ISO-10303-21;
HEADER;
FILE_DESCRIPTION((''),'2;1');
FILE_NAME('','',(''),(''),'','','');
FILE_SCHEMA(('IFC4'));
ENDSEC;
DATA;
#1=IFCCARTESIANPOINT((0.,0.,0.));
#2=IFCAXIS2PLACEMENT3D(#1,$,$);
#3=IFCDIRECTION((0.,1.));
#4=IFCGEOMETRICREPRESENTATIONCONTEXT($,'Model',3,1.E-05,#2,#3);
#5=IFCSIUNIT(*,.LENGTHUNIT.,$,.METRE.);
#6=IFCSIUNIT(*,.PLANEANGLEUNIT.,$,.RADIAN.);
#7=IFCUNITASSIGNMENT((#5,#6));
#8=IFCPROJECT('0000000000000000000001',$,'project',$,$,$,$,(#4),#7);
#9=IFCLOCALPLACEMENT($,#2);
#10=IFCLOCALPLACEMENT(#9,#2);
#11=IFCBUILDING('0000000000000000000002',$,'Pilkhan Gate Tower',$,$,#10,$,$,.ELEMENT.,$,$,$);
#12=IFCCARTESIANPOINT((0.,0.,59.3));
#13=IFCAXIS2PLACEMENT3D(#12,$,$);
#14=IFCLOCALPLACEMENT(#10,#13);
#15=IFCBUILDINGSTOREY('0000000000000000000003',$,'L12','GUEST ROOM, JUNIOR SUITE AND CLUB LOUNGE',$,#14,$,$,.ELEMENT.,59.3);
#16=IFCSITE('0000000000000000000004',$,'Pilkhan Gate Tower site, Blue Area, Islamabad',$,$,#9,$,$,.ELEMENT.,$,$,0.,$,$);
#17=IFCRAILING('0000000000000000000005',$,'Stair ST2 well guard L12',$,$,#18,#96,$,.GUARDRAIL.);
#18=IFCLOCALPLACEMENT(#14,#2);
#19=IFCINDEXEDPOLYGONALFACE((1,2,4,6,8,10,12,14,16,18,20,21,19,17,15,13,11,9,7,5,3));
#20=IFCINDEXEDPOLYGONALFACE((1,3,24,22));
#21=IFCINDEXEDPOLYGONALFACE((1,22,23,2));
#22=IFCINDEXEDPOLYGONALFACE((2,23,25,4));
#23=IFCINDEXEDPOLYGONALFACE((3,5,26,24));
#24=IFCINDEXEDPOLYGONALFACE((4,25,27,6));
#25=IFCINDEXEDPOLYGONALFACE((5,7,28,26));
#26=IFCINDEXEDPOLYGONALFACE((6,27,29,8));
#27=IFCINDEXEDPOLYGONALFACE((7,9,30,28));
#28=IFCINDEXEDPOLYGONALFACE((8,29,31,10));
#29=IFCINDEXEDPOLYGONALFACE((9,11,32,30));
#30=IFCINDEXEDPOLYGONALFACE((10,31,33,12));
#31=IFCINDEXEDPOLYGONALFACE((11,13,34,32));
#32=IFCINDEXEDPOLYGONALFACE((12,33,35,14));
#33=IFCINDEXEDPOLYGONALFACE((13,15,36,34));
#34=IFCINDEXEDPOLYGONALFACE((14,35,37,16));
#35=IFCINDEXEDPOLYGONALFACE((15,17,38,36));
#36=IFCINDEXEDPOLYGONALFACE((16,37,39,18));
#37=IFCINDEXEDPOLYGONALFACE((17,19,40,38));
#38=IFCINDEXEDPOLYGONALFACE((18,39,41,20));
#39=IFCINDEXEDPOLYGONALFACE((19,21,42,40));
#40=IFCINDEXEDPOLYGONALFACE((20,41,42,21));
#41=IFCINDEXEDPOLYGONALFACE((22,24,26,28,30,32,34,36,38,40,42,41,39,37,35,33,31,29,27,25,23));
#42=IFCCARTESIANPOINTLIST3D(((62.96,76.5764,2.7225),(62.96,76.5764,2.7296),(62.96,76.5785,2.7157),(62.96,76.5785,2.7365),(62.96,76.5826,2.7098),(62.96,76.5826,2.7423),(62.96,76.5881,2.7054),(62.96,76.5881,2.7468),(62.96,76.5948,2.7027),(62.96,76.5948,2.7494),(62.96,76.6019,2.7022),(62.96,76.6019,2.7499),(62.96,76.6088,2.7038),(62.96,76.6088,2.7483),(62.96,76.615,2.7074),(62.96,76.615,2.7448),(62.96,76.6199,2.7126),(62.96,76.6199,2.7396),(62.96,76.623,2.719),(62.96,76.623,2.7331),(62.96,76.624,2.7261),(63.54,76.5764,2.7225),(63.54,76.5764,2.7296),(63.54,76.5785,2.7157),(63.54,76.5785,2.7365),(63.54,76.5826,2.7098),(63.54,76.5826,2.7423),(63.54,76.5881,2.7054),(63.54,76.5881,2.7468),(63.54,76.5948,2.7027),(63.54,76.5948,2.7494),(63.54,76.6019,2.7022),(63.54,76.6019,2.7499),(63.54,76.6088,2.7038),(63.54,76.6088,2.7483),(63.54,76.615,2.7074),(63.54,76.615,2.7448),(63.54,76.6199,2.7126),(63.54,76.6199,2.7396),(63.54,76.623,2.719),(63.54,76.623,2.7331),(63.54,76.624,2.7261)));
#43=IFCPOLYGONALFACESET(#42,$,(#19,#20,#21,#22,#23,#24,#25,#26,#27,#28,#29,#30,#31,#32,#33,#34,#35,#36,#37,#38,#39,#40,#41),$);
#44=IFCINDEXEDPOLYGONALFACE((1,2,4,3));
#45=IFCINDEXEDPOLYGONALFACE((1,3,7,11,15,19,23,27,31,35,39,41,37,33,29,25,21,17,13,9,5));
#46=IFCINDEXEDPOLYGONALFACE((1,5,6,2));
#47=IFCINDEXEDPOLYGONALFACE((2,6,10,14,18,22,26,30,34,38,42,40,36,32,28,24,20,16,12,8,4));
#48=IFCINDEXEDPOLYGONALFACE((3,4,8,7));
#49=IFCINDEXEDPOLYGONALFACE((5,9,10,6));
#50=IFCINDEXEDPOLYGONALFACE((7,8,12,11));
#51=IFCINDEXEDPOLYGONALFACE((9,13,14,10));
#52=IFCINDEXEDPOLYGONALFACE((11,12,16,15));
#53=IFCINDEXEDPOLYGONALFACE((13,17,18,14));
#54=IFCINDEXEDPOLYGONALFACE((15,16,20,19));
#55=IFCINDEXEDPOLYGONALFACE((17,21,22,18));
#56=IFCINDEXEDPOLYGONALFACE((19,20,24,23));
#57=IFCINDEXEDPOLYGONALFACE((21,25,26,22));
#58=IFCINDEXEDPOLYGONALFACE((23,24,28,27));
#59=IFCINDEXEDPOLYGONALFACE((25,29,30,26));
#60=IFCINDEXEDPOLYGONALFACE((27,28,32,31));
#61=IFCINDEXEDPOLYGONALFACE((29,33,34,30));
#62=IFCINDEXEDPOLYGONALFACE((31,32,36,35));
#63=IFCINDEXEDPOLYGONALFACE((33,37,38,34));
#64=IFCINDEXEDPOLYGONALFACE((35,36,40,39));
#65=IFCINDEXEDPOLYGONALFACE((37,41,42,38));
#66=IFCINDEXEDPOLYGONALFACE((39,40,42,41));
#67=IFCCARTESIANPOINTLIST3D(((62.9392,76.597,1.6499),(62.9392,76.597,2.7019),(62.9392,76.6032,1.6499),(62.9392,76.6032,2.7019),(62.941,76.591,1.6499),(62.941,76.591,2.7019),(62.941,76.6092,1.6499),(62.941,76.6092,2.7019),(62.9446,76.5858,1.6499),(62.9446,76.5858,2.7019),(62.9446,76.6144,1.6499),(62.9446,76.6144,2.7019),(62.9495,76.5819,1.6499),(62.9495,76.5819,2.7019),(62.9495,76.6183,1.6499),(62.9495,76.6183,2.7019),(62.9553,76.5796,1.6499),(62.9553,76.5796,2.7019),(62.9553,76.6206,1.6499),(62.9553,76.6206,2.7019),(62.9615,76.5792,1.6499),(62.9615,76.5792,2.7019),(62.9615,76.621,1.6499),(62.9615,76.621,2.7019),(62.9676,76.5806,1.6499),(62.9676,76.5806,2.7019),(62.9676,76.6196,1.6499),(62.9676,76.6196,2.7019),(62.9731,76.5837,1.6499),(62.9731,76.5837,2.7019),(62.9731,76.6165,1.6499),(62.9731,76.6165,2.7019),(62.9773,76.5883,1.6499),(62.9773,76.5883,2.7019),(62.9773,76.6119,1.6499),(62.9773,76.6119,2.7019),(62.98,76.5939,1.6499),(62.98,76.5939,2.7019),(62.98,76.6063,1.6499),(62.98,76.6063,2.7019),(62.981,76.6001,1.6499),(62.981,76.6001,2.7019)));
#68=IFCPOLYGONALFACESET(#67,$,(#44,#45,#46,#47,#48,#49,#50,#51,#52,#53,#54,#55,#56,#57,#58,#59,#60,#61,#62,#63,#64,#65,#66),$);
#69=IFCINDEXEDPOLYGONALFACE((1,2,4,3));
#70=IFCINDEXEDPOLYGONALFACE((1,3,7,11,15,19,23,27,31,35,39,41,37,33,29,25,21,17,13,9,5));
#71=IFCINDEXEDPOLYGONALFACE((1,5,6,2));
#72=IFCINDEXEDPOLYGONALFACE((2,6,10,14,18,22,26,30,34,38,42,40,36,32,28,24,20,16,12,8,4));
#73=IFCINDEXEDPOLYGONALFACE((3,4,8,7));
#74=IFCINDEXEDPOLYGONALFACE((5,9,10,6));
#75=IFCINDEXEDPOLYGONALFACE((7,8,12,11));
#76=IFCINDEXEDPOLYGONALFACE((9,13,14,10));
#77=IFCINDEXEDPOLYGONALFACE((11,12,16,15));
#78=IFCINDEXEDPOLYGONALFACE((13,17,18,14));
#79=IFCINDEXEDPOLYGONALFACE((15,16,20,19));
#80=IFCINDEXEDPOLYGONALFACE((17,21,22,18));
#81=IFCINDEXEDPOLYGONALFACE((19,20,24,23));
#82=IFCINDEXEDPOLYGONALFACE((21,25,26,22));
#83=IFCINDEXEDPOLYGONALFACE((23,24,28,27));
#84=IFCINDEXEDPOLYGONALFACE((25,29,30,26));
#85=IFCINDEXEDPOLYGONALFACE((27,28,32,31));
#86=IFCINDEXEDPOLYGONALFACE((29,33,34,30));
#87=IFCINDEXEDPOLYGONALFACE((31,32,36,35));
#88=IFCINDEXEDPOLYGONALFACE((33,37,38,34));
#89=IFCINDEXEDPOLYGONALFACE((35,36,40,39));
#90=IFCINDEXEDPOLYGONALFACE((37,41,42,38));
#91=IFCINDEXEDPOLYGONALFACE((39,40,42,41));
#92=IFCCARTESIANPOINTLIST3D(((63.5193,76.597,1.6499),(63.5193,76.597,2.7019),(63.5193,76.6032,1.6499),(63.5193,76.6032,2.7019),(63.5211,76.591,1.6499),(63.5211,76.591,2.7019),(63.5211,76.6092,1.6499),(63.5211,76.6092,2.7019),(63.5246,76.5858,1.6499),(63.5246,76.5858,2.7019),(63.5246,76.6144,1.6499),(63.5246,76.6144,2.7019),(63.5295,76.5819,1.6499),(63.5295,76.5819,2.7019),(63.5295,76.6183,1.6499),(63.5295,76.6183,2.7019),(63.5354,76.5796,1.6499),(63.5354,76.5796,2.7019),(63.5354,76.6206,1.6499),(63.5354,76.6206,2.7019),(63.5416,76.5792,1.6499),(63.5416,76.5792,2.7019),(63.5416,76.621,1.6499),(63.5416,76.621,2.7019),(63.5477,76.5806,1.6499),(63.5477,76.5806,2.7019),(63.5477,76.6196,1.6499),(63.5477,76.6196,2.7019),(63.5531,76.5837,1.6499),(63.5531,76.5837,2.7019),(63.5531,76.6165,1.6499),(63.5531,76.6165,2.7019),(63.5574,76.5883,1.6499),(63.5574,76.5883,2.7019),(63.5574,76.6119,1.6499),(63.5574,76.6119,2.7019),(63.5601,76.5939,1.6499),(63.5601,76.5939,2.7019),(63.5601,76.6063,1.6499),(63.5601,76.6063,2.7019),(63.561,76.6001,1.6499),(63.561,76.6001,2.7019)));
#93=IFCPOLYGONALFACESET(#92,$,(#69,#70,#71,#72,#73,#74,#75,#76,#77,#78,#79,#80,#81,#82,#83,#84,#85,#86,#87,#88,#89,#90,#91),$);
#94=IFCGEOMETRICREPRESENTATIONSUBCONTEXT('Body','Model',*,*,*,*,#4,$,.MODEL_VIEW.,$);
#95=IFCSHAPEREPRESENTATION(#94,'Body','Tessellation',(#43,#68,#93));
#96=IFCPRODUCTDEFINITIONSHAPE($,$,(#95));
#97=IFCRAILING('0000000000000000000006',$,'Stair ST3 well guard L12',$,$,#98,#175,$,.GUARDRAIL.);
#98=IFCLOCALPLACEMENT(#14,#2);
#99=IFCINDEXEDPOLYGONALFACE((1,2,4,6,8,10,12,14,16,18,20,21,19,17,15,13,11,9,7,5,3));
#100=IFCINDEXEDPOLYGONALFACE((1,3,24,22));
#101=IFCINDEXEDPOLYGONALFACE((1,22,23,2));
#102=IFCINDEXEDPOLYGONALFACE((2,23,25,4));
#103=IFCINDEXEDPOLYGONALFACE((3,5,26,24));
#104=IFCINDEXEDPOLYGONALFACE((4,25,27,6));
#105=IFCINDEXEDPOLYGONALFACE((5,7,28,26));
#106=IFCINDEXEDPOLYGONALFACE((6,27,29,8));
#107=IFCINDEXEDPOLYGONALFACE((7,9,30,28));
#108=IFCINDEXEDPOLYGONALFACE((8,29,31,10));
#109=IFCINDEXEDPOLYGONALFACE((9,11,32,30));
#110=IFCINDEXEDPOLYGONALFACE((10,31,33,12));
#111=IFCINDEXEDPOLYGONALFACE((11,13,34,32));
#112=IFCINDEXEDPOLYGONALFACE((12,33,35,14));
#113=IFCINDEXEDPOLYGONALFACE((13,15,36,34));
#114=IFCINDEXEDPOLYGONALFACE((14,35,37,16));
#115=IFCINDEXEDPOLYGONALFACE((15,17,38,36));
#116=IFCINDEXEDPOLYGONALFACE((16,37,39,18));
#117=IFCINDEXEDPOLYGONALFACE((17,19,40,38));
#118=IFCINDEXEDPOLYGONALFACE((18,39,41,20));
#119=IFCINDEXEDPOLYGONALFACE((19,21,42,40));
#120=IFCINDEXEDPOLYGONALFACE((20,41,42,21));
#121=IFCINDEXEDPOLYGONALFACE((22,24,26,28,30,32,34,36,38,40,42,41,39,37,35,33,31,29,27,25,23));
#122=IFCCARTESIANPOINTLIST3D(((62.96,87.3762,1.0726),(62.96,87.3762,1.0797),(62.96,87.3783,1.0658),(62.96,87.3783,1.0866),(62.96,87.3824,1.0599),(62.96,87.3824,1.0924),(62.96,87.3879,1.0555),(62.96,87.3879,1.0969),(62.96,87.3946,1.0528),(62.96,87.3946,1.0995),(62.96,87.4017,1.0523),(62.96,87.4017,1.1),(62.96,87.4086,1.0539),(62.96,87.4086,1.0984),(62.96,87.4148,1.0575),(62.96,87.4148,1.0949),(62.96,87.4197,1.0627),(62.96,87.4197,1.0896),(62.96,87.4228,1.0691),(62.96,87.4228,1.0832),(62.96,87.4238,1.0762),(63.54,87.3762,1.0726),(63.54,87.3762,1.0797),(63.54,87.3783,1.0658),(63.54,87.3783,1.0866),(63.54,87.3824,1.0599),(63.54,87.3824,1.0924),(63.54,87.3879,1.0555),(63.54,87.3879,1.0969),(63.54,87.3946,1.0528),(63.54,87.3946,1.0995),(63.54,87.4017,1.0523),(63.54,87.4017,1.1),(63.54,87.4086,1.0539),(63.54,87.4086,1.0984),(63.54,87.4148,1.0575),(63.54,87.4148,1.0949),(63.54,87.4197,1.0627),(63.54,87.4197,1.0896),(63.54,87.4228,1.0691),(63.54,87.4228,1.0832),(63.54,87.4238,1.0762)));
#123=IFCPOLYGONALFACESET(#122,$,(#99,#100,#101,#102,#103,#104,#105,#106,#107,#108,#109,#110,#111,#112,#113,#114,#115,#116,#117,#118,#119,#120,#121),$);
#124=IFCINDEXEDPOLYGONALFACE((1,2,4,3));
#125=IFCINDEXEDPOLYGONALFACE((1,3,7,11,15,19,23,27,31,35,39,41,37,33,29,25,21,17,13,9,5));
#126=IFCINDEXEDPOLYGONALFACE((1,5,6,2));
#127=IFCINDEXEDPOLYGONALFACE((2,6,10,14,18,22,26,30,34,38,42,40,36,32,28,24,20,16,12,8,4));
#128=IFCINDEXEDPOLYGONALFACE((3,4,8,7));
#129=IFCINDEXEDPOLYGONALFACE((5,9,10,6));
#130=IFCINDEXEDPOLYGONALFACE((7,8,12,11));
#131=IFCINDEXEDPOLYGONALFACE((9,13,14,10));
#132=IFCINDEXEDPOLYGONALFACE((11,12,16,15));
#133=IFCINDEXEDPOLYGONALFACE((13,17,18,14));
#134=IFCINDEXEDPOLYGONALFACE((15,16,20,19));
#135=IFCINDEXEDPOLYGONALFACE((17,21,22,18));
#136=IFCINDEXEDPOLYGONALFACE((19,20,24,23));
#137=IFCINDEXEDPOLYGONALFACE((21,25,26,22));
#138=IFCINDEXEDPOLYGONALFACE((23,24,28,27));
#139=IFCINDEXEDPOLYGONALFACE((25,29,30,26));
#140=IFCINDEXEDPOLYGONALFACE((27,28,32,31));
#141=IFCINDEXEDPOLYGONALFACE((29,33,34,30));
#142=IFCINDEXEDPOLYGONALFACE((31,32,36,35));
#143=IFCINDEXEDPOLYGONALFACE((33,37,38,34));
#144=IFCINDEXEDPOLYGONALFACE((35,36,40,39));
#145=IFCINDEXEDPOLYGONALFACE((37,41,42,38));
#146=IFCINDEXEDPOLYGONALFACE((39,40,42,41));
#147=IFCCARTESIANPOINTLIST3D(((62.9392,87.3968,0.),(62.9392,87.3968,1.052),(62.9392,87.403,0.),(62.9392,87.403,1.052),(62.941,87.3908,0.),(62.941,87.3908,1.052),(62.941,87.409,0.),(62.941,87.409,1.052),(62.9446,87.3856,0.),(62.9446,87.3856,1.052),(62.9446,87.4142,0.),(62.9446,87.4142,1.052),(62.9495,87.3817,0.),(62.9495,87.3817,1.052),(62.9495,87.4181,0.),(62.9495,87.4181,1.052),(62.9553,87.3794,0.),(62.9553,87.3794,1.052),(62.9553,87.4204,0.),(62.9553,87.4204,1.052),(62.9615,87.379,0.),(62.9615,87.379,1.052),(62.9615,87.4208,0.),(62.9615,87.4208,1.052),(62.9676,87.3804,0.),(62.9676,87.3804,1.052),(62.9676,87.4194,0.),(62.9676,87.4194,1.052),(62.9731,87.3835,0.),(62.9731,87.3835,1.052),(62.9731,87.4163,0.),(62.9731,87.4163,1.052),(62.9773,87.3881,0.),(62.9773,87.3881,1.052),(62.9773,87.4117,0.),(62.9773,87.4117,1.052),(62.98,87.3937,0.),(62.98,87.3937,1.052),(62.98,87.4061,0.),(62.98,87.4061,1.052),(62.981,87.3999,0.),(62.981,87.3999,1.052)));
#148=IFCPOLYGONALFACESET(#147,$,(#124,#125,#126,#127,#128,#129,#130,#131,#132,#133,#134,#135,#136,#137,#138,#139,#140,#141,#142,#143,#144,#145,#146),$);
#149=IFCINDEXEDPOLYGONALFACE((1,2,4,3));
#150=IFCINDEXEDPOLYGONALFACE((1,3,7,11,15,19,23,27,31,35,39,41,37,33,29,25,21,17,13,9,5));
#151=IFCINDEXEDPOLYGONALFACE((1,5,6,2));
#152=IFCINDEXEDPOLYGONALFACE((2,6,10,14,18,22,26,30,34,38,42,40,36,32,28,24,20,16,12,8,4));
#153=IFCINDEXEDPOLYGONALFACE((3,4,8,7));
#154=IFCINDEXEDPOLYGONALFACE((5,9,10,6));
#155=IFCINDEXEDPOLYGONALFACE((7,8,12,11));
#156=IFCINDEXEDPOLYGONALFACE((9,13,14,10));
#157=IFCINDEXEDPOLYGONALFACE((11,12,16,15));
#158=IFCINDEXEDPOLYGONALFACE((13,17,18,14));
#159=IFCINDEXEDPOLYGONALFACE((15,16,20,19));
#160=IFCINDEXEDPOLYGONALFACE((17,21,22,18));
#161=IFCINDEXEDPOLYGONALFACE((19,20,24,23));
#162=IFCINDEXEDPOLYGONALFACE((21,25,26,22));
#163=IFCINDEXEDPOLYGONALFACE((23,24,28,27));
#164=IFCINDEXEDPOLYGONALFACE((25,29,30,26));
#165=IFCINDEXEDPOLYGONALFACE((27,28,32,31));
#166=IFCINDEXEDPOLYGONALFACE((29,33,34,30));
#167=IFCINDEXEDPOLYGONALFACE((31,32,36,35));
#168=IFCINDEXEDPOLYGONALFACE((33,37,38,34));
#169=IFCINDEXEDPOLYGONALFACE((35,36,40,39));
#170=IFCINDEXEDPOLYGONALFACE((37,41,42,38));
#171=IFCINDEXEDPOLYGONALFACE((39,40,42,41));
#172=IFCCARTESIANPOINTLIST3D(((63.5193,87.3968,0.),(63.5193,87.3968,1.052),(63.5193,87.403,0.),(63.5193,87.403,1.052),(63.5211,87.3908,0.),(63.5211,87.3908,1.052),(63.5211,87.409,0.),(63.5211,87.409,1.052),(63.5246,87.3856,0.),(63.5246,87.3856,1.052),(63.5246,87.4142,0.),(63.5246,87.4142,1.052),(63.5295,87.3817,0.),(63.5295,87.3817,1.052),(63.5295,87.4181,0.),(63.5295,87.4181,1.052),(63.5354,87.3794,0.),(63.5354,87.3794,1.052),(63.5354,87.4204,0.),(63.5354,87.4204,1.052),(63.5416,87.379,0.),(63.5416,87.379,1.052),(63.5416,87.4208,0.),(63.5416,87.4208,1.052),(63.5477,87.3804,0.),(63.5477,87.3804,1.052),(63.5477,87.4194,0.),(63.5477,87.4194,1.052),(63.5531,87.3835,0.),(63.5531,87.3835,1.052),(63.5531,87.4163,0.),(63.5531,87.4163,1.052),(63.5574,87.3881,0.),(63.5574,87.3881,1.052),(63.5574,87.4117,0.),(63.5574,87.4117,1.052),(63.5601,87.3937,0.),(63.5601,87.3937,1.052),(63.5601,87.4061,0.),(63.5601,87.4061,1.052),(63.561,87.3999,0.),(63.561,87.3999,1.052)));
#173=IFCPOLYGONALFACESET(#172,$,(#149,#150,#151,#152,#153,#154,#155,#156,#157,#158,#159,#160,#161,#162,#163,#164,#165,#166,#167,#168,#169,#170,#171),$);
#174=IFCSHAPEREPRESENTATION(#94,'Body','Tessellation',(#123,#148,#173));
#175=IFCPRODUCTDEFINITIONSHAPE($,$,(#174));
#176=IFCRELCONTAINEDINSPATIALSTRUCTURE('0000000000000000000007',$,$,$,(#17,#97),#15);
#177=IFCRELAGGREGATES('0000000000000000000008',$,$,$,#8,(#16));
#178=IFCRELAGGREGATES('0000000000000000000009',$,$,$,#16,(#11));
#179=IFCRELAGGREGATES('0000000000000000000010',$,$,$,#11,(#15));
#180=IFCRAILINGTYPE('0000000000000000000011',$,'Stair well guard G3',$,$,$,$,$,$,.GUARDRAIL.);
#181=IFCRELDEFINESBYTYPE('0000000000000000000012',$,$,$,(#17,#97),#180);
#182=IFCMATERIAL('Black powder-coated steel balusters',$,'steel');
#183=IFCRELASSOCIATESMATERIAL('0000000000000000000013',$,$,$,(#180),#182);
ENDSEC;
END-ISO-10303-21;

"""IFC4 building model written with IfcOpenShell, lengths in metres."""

from ifc_helpers import new_model, si_unit, direction, frame, origin, origin_2d, place, context, subcontext, project, spatial, circle, extrude, material, type_object, element, save


model = new_model("IFC4")

# Units and contexts
model_context = context("Model", 3, precision=1e-05, world=origin(), true_north=direction((0.0, 1.0)))
body_context = subcontext(model_context, "Body", "Model", "MODEL_VIEW")
ifc_project = project(units=[si_unit("LENGTHUNIT", "METRE"), si_unit("PLANEANGLEUNIT", "RADIAN")], contexts=[model_context])

# Site, building, storey
site_placement = place(None, origin())
site = spatial("IfcSite", under=ifc_project, at=site_placement, Name="Pilkhan Gate Tower site, Blue Area, Islamabad", CompositionType="ELEMENT", RefElevation=0.0)
building_placement = place(site_placement, origin())
building = spatial("IfcBuilding", under=site, at=building_placement, Name="Pilkhan Gate Tower", CompositionType="ELEMENT")
storey_placement = place(building_placement, frame((0.0, 0.0, 59.3)))
storey = spatial("IfcBuildingStorey", under=building, at=storey_placement, Name="L12", Description="GUEST ROOM, JUNIOR SUITE AND CLUB LOUNGE", CompositionType="ELEMENT", Elevation=59.3)

# Railings
ifc_material_1 = material(Name="Black powder-coated steel balusters", Category="steel")
railing_type_1 = type_object("IfcRailingType", Name="Stair well guard G3", PredefinedType="GUARDRAIL", material=ifc_material_1)
for number, where, name in (
    (1, (62.96, 76.6001, 1.6499), "Stair ST2 well guard L12"),
    (2, (62.96, 87.3999, 0.0), "Stair ST3 well guard L12"),
):
    element("IfcRailing", number, at=place(storey_placement, frame(where)), inside=storey, type_object=railing_type_1, Name=name, PredefinedType="GUARDRAIL", context=body_context, shape_type="SweptSolid", body=[
        extrude(circle(Radius=0.0239, at=origin_2d()), frame((0.0, 0.0, 1.0762), z_axis=(1.0, 0.0, 0.0), x_axis=(0.0, 1.0, 0.0)), (0.0, 0.0, 1.0), 0.5801),
        extrude(circle(Radius=0.021, at=origin_2d()), origin(), (0.0, 0.0, 1.0), 1.052),
        extrude(circle(Radius=0.021, at=origin_2d()), frame((0.5801, 0.0, 0.0)), (0.0, 0.0, 1.0), 1.052),
    ])

save(model, "model.ifc")
